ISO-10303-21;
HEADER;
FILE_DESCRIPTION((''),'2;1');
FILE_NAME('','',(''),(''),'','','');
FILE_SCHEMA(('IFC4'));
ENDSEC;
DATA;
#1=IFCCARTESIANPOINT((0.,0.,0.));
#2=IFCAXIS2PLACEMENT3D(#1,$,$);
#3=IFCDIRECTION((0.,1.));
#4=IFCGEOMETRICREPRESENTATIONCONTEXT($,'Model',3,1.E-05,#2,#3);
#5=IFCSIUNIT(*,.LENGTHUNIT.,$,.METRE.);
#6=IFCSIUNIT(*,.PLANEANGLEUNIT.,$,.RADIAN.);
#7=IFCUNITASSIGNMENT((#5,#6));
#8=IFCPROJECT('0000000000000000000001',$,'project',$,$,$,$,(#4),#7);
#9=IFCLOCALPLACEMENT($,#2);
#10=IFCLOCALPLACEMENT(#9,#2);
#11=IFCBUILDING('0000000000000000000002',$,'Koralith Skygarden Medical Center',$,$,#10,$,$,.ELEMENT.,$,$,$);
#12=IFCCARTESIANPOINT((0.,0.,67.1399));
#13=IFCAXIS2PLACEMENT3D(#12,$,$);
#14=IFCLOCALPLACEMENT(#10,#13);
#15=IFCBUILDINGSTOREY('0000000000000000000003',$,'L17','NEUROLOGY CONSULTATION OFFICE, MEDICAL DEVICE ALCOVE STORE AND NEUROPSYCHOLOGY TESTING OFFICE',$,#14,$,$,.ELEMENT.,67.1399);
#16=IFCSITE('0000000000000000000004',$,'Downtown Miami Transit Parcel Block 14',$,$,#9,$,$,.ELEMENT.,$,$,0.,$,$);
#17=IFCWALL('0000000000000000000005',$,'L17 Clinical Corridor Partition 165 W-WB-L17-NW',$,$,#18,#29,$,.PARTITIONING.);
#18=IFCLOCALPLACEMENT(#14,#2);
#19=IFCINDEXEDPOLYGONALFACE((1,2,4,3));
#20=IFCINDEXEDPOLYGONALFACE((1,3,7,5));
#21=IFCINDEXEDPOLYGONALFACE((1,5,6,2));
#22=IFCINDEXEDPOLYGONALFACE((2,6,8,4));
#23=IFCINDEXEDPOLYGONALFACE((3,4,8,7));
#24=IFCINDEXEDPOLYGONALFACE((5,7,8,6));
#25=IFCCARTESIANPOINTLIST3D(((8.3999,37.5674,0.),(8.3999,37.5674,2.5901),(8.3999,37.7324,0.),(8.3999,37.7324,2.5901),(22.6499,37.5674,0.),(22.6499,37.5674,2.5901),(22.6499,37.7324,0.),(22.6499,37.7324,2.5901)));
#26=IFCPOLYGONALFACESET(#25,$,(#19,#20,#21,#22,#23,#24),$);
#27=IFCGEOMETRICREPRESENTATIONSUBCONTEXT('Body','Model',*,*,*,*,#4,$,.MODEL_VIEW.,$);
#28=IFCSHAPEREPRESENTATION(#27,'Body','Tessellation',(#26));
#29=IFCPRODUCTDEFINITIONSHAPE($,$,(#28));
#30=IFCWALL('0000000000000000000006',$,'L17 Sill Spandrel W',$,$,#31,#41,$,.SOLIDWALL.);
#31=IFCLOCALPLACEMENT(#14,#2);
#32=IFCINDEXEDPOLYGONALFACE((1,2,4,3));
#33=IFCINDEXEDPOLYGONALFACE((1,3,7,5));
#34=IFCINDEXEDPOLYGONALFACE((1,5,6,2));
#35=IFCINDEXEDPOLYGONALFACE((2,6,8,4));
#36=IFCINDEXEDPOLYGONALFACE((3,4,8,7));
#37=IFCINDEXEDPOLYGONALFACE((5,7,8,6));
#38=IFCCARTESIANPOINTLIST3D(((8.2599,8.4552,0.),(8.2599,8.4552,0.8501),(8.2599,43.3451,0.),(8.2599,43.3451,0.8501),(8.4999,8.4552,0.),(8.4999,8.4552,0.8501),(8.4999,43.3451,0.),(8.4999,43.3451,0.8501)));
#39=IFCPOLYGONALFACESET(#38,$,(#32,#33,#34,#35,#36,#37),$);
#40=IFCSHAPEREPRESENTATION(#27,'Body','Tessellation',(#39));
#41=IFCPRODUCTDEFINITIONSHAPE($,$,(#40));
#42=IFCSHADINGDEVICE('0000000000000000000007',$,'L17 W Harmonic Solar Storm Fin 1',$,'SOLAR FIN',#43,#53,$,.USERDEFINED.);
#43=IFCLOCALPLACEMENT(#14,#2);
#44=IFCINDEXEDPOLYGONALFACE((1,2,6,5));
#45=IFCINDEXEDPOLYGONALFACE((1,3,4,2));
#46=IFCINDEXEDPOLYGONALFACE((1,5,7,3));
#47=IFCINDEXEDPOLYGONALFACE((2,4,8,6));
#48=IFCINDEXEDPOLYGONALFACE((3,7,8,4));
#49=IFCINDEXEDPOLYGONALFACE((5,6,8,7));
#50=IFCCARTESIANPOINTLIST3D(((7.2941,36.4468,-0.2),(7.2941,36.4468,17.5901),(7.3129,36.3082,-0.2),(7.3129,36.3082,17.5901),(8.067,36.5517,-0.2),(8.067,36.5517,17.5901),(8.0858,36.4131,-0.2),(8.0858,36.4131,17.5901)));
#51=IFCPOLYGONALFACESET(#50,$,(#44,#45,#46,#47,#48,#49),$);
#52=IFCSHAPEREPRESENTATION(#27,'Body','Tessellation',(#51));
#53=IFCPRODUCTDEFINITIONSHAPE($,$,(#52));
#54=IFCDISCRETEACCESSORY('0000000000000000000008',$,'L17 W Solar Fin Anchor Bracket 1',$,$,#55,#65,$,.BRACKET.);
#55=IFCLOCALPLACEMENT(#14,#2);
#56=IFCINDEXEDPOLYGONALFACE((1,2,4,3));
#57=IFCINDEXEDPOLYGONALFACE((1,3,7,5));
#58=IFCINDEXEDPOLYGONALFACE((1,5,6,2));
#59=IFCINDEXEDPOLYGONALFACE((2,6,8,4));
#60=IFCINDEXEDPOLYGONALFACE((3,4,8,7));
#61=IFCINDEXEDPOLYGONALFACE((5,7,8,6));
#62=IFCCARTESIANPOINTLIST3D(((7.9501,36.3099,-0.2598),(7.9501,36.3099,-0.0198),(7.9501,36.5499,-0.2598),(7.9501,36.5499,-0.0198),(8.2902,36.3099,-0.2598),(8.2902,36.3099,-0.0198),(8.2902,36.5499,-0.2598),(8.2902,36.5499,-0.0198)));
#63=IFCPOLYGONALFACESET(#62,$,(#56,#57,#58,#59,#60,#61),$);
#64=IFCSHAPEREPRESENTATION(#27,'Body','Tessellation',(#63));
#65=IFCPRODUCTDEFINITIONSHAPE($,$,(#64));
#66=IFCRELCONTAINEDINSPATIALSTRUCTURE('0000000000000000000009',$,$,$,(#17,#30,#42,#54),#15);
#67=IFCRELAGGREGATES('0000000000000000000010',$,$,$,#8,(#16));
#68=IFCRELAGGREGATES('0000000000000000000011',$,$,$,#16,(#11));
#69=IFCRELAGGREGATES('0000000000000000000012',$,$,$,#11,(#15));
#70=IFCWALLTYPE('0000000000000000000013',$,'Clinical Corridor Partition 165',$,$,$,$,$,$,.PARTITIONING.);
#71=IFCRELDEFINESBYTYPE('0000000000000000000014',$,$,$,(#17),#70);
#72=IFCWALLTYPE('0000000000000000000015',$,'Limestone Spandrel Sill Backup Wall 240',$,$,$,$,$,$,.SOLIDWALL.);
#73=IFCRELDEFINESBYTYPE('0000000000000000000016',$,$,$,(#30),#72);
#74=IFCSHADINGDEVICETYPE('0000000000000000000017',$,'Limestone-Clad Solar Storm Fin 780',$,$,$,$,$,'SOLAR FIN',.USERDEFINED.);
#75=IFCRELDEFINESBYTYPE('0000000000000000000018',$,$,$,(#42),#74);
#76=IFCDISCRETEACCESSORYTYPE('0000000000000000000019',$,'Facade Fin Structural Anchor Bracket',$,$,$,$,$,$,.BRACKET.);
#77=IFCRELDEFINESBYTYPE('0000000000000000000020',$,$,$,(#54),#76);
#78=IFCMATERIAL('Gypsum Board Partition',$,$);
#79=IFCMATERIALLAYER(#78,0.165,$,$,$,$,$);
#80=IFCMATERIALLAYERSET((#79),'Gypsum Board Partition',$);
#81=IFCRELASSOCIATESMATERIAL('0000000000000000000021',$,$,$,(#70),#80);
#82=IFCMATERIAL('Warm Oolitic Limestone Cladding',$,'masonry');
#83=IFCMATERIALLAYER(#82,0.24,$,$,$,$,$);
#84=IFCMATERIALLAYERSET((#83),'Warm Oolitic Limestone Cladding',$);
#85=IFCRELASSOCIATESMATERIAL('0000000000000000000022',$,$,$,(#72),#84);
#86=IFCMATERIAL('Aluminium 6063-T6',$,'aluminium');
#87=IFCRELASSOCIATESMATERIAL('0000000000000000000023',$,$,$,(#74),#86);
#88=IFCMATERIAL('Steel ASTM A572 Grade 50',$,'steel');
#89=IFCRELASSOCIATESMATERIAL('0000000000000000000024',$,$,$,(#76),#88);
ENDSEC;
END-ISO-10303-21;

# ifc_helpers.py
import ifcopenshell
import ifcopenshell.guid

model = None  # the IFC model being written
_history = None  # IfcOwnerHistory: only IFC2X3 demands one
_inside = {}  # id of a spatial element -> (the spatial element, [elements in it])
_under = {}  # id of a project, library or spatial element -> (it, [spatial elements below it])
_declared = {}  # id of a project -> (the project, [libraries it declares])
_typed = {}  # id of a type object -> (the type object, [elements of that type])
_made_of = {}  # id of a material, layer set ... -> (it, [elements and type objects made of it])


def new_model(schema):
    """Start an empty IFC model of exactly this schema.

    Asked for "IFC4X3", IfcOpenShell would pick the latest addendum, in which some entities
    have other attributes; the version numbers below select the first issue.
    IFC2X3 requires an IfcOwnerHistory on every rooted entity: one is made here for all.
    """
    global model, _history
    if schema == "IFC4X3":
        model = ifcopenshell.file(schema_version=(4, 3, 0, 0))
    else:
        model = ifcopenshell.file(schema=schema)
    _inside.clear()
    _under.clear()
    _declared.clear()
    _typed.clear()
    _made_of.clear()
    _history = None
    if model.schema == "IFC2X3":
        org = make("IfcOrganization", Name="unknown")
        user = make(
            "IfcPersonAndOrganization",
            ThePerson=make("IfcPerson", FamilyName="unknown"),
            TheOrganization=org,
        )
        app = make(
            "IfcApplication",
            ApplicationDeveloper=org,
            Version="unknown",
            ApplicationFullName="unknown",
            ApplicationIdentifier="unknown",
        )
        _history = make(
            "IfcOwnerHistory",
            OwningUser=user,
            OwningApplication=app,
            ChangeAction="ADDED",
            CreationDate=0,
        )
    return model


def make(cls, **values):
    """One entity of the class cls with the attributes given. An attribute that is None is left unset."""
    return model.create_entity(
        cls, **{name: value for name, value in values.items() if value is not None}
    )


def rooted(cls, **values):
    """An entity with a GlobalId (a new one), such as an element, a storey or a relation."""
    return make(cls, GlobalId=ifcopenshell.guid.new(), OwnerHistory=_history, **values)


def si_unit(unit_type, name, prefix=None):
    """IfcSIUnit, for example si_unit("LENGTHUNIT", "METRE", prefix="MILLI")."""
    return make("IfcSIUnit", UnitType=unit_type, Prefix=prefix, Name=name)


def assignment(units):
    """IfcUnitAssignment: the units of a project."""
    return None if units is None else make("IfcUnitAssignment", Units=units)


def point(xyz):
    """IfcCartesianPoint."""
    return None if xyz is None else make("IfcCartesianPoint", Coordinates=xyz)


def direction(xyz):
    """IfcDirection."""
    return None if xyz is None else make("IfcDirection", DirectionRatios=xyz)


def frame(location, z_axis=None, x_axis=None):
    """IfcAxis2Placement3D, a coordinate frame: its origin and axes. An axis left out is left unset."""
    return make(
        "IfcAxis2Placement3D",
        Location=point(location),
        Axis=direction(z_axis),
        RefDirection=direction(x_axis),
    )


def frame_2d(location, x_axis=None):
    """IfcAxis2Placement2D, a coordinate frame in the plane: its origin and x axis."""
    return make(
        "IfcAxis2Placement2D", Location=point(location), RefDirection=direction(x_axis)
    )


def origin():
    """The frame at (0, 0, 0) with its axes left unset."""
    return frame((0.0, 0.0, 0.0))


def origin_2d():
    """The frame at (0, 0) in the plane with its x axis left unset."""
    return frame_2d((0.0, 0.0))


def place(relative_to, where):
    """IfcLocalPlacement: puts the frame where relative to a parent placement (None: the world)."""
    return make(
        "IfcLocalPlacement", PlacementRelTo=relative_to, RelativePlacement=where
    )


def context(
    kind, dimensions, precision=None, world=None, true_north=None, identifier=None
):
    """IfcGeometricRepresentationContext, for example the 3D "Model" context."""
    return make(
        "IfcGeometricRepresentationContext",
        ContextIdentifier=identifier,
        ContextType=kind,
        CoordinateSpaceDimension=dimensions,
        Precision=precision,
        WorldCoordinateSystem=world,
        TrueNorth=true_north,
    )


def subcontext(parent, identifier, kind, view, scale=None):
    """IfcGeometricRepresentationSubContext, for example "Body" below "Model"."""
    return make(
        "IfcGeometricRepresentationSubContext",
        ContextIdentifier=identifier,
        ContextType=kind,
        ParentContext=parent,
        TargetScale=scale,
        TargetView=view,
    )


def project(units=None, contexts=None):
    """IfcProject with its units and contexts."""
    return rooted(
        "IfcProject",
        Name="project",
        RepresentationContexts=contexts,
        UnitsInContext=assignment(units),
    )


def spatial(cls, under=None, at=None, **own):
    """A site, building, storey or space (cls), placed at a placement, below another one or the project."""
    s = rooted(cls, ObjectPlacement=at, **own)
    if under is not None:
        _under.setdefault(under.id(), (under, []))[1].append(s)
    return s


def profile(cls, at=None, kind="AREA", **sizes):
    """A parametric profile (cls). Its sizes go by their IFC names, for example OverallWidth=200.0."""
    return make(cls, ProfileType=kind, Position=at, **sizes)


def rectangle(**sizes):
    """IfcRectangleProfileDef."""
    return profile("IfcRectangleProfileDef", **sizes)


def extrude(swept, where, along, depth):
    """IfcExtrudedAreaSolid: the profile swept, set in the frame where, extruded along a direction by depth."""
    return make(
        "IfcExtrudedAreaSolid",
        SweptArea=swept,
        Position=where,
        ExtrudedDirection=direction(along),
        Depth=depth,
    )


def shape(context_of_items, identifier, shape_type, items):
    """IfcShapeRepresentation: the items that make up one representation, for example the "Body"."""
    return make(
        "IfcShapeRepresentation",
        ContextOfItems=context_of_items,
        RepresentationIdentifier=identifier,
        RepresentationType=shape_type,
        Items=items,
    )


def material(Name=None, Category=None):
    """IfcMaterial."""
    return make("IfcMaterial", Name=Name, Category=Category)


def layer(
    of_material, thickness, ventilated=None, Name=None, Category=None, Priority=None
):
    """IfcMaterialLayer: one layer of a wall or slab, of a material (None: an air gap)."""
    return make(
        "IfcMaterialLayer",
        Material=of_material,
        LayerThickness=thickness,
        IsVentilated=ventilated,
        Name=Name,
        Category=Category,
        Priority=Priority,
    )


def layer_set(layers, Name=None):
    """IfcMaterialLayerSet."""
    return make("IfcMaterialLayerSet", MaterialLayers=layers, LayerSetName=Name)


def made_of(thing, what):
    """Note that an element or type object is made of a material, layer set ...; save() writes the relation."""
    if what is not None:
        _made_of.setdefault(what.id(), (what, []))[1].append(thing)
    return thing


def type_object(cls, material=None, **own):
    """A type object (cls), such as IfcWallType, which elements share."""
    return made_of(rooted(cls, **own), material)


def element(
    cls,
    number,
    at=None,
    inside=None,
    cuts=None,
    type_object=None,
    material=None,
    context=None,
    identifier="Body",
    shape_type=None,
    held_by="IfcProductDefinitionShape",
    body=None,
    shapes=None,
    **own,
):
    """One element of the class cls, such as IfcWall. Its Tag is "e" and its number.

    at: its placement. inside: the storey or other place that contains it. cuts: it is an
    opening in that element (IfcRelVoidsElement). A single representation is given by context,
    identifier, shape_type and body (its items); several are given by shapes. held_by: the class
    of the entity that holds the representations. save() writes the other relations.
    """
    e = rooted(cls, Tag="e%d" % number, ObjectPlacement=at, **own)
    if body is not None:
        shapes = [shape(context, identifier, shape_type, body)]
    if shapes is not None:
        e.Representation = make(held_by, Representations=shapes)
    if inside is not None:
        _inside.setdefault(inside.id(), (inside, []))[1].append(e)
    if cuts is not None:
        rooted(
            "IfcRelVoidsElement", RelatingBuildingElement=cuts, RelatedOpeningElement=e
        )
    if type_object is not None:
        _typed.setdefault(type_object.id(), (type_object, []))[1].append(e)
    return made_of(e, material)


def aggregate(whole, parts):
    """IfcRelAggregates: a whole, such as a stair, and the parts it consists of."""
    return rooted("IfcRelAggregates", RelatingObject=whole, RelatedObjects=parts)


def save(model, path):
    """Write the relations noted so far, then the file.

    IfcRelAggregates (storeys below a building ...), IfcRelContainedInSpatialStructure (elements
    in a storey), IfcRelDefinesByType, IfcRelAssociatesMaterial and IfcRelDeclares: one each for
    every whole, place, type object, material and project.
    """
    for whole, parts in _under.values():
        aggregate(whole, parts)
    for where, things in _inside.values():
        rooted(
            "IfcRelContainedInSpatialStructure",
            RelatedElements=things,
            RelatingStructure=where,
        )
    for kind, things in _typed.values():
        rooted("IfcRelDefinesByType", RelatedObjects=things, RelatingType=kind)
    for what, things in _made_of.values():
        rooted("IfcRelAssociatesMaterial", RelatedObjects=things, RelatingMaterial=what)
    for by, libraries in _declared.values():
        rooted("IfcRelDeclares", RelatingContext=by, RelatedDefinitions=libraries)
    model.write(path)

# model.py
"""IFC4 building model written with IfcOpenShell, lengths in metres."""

from ifc_helpers import new_model, si_unit, direction, frame, frame_2d, origin, origin_2d, place, context, subcontext, project, spatial, rectangle, extrude, material, layer, layer_set, type_object, element, save


model = new_model("IFC4")

# Units and contexts
model_context = context("Model", 3, precision=1e-05, world=origin(), true_north=direction((0.0, 1.0)))
body_context = subcontext(model_context, "Body", "Model", "MODEL_VIEW")
ifc_project = project(units=[si_unit("LENGTHUNIT", "METRE"), si_unit("PLANEANGLEUNIT", "RADIAN")], contexts=[model_context])

# Site, building, storey
site_placement = place(None, origin())
site = spatial("IfcSite", under=ifc_project, at=site_placement, Name="Downtown Miami Transit Parcel Block 14", CompositionType="ELEMENT", RefElevation=0.0)
building_placement = place(site_placement, origin())
building = spatial("IfcBuilding", under=site, at=building_placement, Name="Koralith Skygarden Medical Center", CompositionType="ELEMENT")
storey_placement = place(building_placement, frame((0.0, 0.0, 67.1399)))
storey = spatial("IfcBuildingStorey", under=building, at=storey_placement, Name="L17", Description="NEUROLOGY CONSULTATION OFFICE, MEDICAL DEVICE ALCOVE STORE AND NEUROPSYCHOLOGY TESTING OFFICE", CompositionType="ELEMENT", Elevation=67.1399)

# Shared definitions
ifc_material_1 = material(Name="Aluminium 6063-T6", Category="aluminium")

# Shared definitions
ifc_material_2 = material(Name="Warm Oolitic Limestone Cladding", Category="masonry")

# Wall
ifc_material_3 = material(Name="Gypsum Board Partition")
ifc_layer_1 = layer(ifc_material_3, 0.165)
ifc_layer_set_1 = layer_set([ifc_layer_1], Name="Gypsum Board Partition")
wall_type_1 = type_object("IfcWallType", Name="Clinical Corridor Partition 165", PredefinedType="PARTITIONING", material=ifc_layer_set_1)
wall_1_placement = place(storey_placement, frame((8.3999, 37.6499, 0.0), z_axis=(0.0, 0.0, 1.0), x_axis=(1.0, 0.0, 0.0)))
element("IfcWall", 1, at=wall_1_placement, inside=storey, type_object=wall_type_1, Name="L17 Clinical Corridor Partition 165 W-WB-L17-NW", PredefinedType="PARTITIONING", context=body_context, shape_type="SweptSolid", body=[
    extrude(rectangle(XDim=14.25, YDim=0.165, at=frame_2d((7.125, 0.0))), origin(), (0.0, 0.0, 1.0), 2.5901),
])

# Wall
ifc_layer_2 = layer(ifc_material_2, 0.24)
ifc_layer_set_2 = layer_set([ifc_layer_2], Name="Warm Oolitic Limestone Cladding")
wall_type_2 = type_object("IfcWallType", Name="Limestone Spandrel Sill Backup Wall 240", PredefinedType="SOLIDWALL", material=ifc_layer_set_2)
wall_2_placement = place(storey_placement, frame((8.3799, 43.345, 0.0), z_axis=(0.0, 0.0, 1.0), x_axis=(0.0, -1.0, 0.0)))
element("IfcWall", 2, at=wall_2_placement, inside=storey, type_object=wall_type_2, Name="L17 Sill Spandrel W", PredefinedType="SOLIDWALL", context=body_context, shape_type="SweptSolid", body=[
    extrude(rectangle(XDim=34.8899, YDim=0.24, at=frame_2d((17.4448, 0.0))), origin(), (0.0, 0.0, 1.0), 0.8501),
])

# Shading device
shading_device_type = type_object("IfcShadingDeviceType", Name="Limestone-Clad Solar Storm Fin 780", ElementType="SOLAR FIN", PredefinedType="USERDEFINED", material=ifc_material_1)
shading_device_placement = place(storey_placement, frame((7.6899, 36.4299, -0.2), z_axis=(0.0, 0.0, 1.0), x_axis=(-0.99092, -0.134453, 0.0)))
element("IfcShadingDevice", 3, at=shading_device_placement, inside=storey, type_object=shading_device_type, Name="L17 W Harmonic Solar Storm Fin 1", ObjectType="SOLAR FIN", PredefinedType="USERDEFINED", context=body_context, shape_type="SweptSolid", body=[
    extrude(rectangle(XDim=0.78, YDim=0.1399, at=origin_2d()), origin(), (0.0, 0.0, 1.0), 17.79),
])

# Discrete accessory
ifc_material_4 = material(Name="Steel ASTM A572 Grade 50", Category="steel")
discrete_accessory_type = type_object("IfcDiscreteAccessoryType", Name="Facade Fin Structural Anchor Bracket", PredefinedType="BRACKET", material=ifc_material_4)
discrete_accessory_placement = place(storey_placement, frame((8.1201, 36.4299, -0.2598), z_axis=(0.0, 0.0, 1.0), x_axis=(-1.0, 0.0, 0.0)))
element("IfcDiscreteAccessory", 4, at=discrete_accessory_placement, inside=storey, type_object=discrete_accessory_type, Name="L17 W Solar Fin Anchor Bracket 1", PredefinedType="BRACKET", context=body_context, shape_type="SweptSolid", body=[
    extrude(rectangle(XDim=0.3401, YDim=0.24, at=origin_2d()), origin(), (0.0, 0.0, 1.0), 0.24),
])

save(model, "model.ifc")
